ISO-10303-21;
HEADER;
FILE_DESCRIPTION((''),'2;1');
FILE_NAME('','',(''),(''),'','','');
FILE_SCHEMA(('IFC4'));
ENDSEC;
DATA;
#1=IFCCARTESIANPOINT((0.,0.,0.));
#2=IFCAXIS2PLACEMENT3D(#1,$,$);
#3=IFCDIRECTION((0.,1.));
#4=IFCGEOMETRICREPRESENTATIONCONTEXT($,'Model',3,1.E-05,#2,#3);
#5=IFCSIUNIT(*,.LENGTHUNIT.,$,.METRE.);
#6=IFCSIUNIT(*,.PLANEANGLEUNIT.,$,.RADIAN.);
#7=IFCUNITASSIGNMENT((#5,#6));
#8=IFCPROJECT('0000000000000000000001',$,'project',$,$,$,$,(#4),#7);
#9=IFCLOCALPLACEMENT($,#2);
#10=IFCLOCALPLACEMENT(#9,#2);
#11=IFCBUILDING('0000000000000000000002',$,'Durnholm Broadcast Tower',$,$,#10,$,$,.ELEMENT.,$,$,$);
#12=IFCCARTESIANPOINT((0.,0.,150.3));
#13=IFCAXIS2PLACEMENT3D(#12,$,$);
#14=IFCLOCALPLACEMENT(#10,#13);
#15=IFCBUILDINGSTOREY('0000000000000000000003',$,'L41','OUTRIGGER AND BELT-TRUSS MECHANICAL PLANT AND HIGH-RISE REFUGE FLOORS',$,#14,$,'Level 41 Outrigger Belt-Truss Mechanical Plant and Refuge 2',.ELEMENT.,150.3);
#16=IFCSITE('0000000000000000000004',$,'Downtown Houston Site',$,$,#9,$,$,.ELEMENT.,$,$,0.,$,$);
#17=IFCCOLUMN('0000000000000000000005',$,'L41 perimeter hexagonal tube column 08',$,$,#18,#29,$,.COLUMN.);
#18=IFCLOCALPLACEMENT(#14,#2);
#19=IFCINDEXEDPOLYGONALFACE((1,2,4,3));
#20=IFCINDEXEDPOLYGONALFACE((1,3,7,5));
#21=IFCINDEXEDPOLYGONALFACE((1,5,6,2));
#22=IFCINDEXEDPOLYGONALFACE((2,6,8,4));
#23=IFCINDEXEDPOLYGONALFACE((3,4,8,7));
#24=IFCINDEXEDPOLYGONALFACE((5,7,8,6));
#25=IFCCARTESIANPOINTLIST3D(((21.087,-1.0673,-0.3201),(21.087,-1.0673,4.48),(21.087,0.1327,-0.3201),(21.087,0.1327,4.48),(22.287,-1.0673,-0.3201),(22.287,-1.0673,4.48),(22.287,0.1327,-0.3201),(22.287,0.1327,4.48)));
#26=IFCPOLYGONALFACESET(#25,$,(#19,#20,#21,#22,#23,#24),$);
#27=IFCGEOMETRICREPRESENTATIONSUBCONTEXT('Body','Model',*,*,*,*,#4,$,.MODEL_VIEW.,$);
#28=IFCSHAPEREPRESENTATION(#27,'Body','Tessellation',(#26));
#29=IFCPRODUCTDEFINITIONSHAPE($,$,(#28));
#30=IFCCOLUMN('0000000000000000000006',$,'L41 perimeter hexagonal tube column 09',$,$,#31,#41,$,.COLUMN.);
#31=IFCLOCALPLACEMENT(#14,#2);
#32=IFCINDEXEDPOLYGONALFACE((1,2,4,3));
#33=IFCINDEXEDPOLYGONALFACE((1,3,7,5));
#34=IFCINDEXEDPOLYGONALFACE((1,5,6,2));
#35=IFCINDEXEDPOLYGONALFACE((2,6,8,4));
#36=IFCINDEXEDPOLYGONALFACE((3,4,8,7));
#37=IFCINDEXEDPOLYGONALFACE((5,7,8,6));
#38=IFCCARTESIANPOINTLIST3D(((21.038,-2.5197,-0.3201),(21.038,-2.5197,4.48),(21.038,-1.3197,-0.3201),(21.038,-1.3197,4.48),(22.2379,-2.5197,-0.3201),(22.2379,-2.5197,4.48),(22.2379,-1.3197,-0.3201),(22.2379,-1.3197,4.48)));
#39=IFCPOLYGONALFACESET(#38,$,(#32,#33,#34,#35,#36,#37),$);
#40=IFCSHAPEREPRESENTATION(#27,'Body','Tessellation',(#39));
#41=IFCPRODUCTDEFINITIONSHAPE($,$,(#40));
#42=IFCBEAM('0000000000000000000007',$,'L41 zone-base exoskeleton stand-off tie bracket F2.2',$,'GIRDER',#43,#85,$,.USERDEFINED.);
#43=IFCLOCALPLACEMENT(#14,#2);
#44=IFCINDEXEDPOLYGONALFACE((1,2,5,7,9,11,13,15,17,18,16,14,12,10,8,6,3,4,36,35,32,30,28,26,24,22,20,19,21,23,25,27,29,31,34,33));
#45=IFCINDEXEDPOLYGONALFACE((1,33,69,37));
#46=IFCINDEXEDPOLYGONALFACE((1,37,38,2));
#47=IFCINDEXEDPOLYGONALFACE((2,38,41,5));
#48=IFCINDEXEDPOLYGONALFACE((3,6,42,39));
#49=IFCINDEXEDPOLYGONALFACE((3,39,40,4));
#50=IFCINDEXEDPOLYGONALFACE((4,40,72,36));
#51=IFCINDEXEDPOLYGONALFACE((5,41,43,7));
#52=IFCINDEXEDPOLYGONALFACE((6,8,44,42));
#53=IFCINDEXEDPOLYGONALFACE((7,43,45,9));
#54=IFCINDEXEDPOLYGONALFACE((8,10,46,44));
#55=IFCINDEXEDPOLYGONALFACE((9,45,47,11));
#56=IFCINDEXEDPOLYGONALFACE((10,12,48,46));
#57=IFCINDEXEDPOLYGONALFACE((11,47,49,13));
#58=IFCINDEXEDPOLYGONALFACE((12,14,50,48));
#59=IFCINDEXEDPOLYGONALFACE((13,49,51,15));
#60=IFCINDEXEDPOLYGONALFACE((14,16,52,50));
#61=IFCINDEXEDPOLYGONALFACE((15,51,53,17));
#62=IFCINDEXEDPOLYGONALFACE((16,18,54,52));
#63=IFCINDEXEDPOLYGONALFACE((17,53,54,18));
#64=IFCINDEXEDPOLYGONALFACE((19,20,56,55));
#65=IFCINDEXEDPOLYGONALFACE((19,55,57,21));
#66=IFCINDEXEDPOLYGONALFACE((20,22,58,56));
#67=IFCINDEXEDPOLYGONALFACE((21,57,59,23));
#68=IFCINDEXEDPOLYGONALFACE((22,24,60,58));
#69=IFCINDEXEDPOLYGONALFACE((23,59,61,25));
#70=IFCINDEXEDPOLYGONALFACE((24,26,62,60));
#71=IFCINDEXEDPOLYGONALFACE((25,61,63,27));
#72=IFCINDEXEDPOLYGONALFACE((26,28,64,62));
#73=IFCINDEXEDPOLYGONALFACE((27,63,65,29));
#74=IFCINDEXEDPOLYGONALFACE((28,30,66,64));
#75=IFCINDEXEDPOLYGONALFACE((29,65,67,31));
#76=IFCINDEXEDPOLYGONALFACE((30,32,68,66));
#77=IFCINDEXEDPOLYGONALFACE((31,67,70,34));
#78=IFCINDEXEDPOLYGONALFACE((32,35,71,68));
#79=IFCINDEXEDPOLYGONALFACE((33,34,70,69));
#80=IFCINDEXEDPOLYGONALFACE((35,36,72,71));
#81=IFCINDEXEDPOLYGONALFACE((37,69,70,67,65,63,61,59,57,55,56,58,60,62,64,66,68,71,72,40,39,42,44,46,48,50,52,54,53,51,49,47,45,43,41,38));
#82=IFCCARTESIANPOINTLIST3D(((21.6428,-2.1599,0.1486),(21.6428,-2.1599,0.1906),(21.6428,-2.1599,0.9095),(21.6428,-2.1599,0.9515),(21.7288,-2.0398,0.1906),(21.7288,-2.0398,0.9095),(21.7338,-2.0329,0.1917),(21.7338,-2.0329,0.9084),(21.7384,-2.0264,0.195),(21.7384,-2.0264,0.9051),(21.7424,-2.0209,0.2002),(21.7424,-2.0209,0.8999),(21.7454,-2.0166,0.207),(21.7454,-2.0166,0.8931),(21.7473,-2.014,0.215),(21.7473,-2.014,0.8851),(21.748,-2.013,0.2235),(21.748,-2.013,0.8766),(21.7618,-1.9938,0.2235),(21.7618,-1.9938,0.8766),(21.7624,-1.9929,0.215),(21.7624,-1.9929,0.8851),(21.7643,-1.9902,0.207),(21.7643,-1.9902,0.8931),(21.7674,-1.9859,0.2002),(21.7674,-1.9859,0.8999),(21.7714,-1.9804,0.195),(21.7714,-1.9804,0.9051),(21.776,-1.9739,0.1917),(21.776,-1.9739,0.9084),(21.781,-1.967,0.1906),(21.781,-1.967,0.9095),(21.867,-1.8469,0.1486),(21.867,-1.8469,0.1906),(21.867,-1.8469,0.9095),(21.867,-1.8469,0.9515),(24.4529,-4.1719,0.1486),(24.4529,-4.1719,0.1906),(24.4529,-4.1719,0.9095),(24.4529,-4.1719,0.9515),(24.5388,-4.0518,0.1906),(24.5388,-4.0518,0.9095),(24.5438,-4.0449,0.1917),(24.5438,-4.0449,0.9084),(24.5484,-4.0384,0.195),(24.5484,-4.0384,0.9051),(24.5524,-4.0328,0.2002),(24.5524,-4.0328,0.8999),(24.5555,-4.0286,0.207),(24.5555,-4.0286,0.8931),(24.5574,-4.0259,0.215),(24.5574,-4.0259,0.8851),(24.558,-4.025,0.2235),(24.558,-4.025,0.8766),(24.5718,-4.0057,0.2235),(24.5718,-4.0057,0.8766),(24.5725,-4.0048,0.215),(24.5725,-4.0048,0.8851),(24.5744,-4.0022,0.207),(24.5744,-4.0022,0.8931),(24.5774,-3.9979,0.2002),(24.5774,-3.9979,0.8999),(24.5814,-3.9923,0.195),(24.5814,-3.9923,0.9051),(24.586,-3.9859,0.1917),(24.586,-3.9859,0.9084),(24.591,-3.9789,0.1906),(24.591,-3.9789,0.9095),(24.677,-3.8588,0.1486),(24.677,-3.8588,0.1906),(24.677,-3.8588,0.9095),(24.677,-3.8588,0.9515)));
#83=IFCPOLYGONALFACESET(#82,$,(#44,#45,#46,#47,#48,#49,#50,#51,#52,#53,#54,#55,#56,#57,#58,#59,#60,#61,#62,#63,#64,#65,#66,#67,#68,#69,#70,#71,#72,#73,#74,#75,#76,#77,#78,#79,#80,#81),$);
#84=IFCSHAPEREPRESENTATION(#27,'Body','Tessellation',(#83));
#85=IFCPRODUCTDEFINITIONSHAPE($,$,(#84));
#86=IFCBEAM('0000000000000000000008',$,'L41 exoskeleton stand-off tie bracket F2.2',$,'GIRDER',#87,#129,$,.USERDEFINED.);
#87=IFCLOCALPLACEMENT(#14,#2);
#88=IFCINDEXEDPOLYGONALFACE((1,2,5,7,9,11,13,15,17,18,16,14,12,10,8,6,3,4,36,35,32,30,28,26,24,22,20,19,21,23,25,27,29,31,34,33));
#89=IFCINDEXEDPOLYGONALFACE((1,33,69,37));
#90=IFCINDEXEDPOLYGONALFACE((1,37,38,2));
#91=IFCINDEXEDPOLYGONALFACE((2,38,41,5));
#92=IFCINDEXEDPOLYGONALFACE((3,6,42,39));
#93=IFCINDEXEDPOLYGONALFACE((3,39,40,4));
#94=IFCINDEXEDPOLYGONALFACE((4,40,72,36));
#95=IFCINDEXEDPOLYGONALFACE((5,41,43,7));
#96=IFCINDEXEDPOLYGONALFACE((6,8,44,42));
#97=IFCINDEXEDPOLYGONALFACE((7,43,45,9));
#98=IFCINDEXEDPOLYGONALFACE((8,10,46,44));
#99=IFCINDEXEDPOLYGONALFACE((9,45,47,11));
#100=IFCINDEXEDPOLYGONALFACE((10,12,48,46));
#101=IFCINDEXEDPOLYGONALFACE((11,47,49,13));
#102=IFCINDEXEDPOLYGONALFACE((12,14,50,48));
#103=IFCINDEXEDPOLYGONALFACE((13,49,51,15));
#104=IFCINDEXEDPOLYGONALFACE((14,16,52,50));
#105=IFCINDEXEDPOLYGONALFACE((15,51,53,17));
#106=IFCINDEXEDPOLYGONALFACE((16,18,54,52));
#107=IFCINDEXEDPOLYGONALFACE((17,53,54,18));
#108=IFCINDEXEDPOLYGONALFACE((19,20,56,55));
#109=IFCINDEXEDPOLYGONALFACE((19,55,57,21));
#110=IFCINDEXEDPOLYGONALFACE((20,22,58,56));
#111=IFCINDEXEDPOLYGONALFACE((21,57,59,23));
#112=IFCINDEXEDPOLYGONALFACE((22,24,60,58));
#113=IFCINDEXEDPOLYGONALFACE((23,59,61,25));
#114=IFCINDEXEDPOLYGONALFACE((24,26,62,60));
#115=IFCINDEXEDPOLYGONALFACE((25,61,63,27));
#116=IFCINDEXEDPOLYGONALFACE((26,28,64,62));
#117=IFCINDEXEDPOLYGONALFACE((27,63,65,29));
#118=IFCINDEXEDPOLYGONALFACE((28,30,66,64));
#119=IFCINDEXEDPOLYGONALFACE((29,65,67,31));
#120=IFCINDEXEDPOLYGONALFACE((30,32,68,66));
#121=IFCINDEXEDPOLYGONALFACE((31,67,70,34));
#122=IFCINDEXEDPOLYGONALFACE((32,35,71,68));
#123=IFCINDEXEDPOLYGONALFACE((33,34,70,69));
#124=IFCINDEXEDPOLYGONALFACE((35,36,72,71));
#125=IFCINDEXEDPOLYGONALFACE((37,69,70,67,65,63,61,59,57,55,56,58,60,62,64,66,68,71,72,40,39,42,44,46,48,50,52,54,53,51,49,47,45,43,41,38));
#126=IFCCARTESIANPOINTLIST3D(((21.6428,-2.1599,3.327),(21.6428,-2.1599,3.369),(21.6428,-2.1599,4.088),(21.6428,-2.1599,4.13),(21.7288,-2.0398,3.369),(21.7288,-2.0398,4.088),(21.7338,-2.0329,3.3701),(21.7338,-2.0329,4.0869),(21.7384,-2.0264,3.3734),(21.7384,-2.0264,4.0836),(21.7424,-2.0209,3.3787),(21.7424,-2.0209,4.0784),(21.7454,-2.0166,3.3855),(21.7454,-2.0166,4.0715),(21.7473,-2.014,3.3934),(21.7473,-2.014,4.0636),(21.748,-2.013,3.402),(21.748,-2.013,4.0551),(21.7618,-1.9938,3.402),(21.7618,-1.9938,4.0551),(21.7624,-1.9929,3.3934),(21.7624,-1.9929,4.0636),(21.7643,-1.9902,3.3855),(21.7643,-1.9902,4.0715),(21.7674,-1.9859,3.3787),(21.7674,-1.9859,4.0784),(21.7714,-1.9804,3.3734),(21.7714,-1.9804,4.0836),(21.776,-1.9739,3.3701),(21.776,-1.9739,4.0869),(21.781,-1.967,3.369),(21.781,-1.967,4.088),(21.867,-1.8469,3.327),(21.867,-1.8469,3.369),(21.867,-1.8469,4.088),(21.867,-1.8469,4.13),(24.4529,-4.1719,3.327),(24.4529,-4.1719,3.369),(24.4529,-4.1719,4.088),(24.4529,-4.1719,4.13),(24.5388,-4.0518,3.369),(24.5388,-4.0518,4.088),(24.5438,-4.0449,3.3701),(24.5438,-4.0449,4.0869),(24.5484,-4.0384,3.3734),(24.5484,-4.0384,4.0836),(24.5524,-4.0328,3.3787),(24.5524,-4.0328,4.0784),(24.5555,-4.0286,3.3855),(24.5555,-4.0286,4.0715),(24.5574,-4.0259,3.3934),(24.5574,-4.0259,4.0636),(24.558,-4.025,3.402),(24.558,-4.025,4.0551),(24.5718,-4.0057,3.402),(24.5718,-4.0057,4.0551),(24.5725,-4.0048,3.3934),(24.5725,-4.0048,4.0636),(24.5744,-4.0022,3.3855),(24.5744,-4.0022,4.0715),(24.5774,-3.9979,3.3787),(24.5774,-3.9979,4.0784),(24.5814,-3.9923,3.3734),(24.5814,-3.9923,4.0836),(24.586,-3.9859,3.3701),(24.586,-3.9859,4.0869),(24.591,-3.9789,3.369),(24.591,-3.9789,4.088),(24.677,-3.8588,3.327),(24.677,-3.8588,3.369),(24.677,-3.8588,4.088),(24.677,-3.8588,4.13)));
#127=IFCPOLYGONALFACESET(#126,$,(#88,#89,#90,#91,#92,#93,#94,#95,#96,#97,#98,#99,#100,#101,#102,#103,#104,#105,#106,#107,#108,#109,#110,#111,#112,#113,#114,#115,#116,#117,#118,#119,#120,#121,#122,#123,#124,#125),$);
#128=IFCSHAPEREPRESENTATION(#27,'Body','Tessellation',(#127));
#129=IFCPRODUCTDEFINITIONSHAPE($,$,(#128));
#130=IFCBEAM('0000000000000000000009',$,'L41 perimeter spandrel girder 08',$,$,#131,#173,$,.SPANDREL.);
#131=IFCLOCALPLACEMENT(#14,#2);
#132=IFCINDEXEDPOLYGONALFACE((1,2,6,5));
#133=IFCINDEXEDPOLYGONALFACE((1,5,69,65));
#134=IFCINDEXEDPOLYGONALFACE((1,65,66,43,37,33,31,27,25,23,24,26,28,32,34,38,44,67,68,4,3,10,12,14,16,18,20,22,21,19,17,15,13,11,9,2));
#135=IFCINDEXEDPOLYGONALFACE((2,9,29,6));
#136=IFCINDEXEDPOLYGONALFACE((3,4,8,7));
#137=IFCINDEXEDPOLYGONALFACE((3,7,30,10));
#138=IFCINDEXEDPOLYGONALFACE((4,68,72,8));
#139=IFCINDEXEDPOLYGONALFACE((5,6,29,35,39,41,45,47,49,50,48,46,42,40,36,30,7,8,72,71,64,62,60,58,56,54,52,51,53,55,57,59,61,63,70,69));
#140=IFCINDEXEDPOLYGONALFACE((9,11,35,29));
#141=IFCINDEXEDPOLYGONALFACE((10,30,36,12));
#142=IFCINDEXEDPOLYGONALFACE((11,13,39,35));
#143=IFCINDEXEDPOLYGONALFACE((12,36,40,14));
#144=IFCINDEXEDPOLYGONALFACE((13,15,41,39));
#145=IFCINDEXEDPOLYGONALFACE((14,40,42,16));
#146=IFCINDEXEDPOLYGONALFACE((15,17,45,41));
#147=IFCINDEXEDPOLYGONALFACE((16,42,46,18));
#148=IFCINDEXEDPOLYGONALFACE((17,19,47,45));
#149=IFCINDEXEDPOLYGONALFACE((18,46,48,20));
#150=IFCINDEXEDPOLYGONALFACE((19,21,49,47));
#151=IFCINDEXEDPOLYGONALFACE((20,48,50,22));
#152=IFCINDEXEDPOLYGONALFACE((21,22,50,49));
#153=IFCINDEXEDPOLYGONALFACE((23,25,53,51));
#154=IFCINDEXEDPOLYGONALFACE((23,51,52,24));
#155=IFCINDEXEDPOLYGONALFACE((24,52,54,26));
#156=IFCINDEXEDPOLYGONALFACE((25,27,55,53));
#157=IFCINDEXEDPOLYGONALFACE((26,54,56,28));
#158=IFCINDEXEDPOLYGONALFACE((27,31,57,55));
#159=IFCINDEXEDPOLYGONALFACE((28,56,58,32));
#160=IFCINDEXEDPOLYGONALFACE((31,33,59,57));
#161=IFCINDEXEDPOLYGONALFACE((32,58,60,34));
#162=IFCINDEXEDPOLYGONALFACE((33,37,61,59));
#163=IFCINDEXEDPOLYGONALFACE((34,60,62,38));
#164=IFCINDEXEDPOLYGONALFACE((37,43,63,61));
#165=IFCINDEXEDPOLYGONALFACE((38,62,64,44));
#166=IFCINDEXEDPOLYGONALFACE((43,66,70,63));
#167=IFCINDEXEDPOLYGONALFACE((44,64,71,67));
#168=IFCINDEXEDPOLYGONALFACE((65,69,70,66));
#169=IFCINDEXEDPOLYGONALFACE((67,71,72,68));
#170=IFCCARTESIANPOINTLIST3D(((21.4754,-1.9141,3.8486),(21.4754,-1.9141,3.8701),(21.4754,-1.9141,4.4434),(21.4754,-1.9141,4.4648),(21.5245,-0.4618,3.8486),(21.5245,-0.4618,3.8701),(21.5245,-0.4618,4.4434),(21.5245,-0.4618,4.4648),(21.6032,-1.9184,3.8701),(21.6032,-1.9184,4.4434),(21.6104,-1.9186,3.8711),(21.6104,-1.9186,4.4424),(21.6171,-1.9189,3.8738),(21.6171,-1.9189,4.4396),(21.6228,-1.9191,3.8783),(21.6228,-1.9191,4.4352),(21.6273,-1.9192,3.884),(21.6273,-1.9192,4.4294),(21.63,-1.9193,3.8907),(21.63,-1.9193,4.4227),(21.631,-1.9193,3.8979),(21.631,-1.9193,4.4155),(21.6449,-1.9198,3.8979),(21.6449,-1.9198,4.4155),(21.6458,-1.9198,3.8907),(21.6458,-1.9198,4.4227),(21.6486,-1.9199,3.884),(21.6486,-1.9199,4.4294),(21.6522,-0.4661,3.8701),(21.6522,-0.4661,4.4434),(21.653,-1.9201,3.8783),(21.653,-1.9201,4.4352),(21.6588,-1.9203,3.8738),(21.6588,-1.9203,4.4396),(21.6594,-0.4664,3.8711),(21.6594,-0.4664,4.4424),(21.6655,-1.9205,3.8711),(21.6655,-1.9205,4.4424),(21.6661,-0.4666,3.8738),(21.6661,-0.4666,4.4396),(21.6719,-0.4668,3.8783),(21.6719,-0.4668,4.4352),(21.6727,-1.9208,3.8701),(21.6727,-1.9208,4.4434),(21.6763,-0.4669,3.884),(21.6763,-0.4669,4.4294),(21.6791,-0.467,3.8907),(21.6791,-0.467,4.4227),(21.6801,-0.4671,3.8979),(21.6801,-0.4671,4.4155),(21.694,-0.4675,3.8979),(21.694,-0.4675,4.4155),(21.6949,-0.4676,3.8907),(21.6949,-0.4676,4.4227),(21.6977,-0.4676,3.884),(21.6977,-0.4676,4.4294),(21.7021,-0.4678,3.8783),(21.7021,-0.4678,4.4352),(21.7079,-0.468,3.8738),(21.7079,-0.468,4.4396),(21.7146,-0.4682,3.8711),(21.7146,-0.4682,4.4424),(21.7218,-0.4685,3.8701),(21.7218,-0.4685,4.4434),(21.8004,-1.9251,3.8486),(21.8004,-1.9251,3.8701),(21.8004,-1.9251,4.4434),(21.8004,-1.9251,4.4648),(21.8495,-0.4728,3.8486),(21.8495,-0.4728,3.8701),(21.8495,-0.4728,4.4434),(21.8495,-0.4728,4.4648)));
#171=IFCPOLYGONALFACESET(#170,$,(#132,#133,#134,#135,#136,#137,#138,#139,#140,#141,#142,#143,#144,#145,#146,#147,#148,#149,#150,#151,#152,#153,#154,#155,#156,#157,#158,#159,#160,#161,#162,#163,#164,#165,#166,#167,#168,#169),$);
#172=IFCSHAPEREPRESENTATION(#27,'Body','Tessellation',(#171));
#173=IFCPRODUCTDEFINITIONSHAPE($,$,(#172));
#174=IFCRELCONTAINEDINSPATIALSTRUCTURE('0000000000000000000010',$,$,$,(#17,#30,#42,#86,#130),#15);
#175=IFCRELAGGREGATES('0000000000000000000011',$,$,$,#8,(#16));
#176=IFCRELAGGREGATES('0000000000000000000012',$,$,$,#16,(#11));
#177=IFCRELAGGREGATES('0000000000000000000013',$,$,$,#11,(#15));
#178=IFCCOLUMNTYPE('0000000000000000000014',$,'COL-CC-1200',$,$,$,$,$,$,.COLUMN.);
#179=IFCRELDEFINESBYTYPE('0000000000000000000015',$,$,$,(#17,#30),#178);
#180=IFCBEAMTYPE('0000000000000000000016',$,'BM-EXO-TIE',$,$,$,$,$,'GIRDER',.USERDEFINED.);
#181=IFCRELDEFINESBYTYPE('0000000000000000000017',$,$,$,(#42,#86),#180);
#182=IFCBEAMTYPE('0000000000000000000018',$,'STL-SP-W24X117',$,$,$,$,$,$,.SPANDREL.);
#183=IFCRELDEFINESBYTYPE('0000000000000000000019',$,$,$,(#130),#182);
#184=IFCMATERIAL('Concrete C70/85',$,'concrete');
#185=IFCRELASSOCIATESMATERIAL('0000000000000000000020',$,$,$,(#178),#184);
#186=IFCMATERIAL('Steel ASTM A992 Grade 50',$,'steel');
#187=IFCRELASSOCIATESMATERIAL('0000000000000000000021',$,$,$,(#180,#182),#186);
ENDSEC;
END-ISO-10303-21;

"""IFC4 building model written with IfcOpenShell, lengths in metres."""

from ifc_helpers import new_model, si_unit, direction, frame, origin, origin_2d, place, context, subcontext, project, spatial, rectangle, i_section, extrude, source, transform, mapped, material, material_profile, profile_set, type_object, type_shapes, element, save


model = new_model("IFC4")

# Units and contexts
model_context = context("Model", 3, precision=1e-05, world=origin(), true_north=direction((0.0, 1.0)))
body_context = subcontext(model_context, "Body", "Model", "MODEL_VIEW")
ifc_project = project(units=[si_unit("LENGTHUNIT", "METRE"), si_unit("PLANEANGLEUNIT", "RADIAN")], contexts=[model_context])

# Site, building, storey
site_placement = place(None, origin())
site = spatial("IfcSite", under=ifc_project, at=site_placement, Name="Downtown Houston Site", CompositionType="ELEMENT", RefElevation=0.0)
building_placement = place(site_placement, origin())
building = spatial("IfcBuilding", under=site, at=building_placement, Name="Durnholm Broadcast Tower", CompositionType="ELEMENT")
storey_placement = place(building_placement, frame((0.0, 0.0, 150.3)))
storey = spatial("IfcBuildingStorey", under=building, at=storey_placement, Name="L41", Description="OUTRIGGER AND BELT-TRUSS MECHANICAL PLANT AND HIGH-RISE REFUGE FLOORS", LongName="Level 41 Outrigger Belt-Truss Mechanical Plant and Refuge 2", CompositionType="ELEMENT", Elevation=150.3)

# Columns
ifc_material_1 = material(Name="Concrete C70/85", Category="concrete")
ifc_material_profile_1 = material_profile(ifc_material_1, rectangle(XDim=1.2, YDim=1.2, at=origin_2d()), Name="RC1200X1200")
ifc_profile_set_1 = profile_set([ifc_material_profile_1], Name="Concrete C70/85")
column_type = type_object("IfcColumnType", Name="COL-CC-1200", PredefinedType="COLUMN", material=ifc_profile_set_1)
shared_shape_1 = source(origin(), body_context, "Body", "SweptSolid", [
    extrude(rectangle(XDim=1.2, YDim=1.2, at=origin_2d()), origin(), (0.0, 0.0, 1.0), 4.8),
])
type_shapes(column_type, [shared_shape_1])
for number, where, z_axis, x_axis, name in (
    (1, (21.687, -0.4673, -0.3201), (0.0, 0.0, 1.0), (1.0, 0.0, 0.0), "L41 perimeter hexagonal tube column 08"),
    (2, (21.6379, -1.9197, -0.3201), (0.0, 0.0, 1.0), (1.0, 0.0, 0.0), "L41 perimeter hexagonal tube column 09"),
):
    element("IfcColumn", number, at=place(storey_placement, frame(where, z_axis=z_axis, x_axis=x_axis)), inside=storey, type_object=column_type, Name=name, PredefinedType="COLUMN", context=body_context, shape_type="MappedRepresentation", body=[
        mapped(shared_shape_1, transform((0.0, 0.0, 0.0), x_axis=(1.0, 0.0, 0.0), y_axis=(0.0, 1.0, 0.0), z_axis=(0.0, 0.0, 1.0), scale=1.0)),
    ])

# Beams
ifc_material_2 = material(Name="Steel ASTM A992 Grade 50", Category="steel")
ifc_material_profile_2 = material_profile(ifc_material_2, i_section(OverallWidth=0.385, OverallDepth=0.803, WebThickness=0.0237, FlangeThickness=0.042, FilletRadius=0.033, at=origin_2d()), Name="W30X261")
ifc_profile_set_2 = profile_set([ifc_material_profile_2], Name="Steel ASTM A992 Grade 50")
beam_type_1 = type_object("IfcBeamType", Name="BM-EXO-TIE", ElementType="GIRDER", PredefinedType="USERDEFINED", material=ifc_profile_set_2)
shared_shape_2 = source(origin(), body_context, "Body", "SweptSolid", [
    extrude(i_section(OverallWidth=0.385, OverallDepth=0.803, WebThickness=0.0237, FlangeThickness=0.042, FilletRadius=0.033, at=origin_2d()), origin(), (0.0, 0.0, 1.0), 3.4561),
])
type_shapes(beam_type_1, [shared_shape_2])
for number, where, z_axis, x_axis, name in (
    (3, (21.7549, -2.0034, 0.55), (0.813079, -0.582153, 0.0), (0.582153, 0.813079, 0.0), "L41 zone-base exoskeleton stand-off tie bracket F2.2"),
    (4, (21.7549, -2.0034, 3.7285), (0.813079, -0.582153, 0.0), (0.582153, 0.813079, 0.0), "L41 exoskeleton stand-off tie bracket F2.2"),
):
    element("IfcBeam", number, at=place(storey_placement, frame(where, z_axis=z_axis, x_axis=x_axis)), inside=storey, type_object=beam_type_1, Name=name, ObjectType="GIRDER", PredefinedType="USERDEFINED", context=body_context, shape_type="MappedRepresentation", body=[
        mapped(shared_shape_2, transform((0.0, 0.0, 0.0), x_axis=(1.0, 0.0, 0.0), y_axis=(0.0, 1.0, 0.0), z_axis=(0.0, 0.0, 1.0), scale=1.0)),
    ])
ifc_material_profile_3 = material_profile(ifc_material_2, i_section(OverallWidth=0.3252, OverallDepth=0.6162, WebThickness=0.0139, FlangeThickness=0.0215, FilletRadius=0.0278, at=origin_2d()), Name="W24X117")
ifc_profile_set_3 = profile_set([ifc_material_profile_3], Name="Steel ASTM A992 Grade 50")
beam_type_2 = type_object("IfcBeamType", Name="STL-SP-W24X117", PredefinedType="SPANDREL", material=ifc_profile_set_3)
shared_shape_3 = source(origin(), body_context, "Body", "SweptSolid", [
    extrude(i_section(OverallWidth=0.3252, OverallDepth=0.6162, WebThickness=0.0139, FlangeThickness=0.0215, FilletRadius=0.0278, at=origin_2d()), origin(), (0.0, 0.0, 1.0), 1.4531),
])
beam_1_placement = place(storey_placement, frame((21.687, -0.4673, 4.1567), z_axis=(-0.033768, -0.99943, 0.0), x_axis=(0.99943, -0.033768, 0.0)))
element("IfcBeam", 5, at=beam_1_placement, inside=storey, type_object=beam_type_2, Name="L41 perimeter spandrel girder 08", PredefinedType="SPANDREL", context=body_context, shape_type="MappedRepresentation", body=[
    mapped(shared_shape_3, transform((0.0, 0.0, 0.0), x_axis=(1.0, 0.0, 0.0), y_axis=(0.0, 1.0, 0.0), z_axis=(0.0, 0.0, 1.0), scale=1.0)),
])

save(model, "model.ifc")
